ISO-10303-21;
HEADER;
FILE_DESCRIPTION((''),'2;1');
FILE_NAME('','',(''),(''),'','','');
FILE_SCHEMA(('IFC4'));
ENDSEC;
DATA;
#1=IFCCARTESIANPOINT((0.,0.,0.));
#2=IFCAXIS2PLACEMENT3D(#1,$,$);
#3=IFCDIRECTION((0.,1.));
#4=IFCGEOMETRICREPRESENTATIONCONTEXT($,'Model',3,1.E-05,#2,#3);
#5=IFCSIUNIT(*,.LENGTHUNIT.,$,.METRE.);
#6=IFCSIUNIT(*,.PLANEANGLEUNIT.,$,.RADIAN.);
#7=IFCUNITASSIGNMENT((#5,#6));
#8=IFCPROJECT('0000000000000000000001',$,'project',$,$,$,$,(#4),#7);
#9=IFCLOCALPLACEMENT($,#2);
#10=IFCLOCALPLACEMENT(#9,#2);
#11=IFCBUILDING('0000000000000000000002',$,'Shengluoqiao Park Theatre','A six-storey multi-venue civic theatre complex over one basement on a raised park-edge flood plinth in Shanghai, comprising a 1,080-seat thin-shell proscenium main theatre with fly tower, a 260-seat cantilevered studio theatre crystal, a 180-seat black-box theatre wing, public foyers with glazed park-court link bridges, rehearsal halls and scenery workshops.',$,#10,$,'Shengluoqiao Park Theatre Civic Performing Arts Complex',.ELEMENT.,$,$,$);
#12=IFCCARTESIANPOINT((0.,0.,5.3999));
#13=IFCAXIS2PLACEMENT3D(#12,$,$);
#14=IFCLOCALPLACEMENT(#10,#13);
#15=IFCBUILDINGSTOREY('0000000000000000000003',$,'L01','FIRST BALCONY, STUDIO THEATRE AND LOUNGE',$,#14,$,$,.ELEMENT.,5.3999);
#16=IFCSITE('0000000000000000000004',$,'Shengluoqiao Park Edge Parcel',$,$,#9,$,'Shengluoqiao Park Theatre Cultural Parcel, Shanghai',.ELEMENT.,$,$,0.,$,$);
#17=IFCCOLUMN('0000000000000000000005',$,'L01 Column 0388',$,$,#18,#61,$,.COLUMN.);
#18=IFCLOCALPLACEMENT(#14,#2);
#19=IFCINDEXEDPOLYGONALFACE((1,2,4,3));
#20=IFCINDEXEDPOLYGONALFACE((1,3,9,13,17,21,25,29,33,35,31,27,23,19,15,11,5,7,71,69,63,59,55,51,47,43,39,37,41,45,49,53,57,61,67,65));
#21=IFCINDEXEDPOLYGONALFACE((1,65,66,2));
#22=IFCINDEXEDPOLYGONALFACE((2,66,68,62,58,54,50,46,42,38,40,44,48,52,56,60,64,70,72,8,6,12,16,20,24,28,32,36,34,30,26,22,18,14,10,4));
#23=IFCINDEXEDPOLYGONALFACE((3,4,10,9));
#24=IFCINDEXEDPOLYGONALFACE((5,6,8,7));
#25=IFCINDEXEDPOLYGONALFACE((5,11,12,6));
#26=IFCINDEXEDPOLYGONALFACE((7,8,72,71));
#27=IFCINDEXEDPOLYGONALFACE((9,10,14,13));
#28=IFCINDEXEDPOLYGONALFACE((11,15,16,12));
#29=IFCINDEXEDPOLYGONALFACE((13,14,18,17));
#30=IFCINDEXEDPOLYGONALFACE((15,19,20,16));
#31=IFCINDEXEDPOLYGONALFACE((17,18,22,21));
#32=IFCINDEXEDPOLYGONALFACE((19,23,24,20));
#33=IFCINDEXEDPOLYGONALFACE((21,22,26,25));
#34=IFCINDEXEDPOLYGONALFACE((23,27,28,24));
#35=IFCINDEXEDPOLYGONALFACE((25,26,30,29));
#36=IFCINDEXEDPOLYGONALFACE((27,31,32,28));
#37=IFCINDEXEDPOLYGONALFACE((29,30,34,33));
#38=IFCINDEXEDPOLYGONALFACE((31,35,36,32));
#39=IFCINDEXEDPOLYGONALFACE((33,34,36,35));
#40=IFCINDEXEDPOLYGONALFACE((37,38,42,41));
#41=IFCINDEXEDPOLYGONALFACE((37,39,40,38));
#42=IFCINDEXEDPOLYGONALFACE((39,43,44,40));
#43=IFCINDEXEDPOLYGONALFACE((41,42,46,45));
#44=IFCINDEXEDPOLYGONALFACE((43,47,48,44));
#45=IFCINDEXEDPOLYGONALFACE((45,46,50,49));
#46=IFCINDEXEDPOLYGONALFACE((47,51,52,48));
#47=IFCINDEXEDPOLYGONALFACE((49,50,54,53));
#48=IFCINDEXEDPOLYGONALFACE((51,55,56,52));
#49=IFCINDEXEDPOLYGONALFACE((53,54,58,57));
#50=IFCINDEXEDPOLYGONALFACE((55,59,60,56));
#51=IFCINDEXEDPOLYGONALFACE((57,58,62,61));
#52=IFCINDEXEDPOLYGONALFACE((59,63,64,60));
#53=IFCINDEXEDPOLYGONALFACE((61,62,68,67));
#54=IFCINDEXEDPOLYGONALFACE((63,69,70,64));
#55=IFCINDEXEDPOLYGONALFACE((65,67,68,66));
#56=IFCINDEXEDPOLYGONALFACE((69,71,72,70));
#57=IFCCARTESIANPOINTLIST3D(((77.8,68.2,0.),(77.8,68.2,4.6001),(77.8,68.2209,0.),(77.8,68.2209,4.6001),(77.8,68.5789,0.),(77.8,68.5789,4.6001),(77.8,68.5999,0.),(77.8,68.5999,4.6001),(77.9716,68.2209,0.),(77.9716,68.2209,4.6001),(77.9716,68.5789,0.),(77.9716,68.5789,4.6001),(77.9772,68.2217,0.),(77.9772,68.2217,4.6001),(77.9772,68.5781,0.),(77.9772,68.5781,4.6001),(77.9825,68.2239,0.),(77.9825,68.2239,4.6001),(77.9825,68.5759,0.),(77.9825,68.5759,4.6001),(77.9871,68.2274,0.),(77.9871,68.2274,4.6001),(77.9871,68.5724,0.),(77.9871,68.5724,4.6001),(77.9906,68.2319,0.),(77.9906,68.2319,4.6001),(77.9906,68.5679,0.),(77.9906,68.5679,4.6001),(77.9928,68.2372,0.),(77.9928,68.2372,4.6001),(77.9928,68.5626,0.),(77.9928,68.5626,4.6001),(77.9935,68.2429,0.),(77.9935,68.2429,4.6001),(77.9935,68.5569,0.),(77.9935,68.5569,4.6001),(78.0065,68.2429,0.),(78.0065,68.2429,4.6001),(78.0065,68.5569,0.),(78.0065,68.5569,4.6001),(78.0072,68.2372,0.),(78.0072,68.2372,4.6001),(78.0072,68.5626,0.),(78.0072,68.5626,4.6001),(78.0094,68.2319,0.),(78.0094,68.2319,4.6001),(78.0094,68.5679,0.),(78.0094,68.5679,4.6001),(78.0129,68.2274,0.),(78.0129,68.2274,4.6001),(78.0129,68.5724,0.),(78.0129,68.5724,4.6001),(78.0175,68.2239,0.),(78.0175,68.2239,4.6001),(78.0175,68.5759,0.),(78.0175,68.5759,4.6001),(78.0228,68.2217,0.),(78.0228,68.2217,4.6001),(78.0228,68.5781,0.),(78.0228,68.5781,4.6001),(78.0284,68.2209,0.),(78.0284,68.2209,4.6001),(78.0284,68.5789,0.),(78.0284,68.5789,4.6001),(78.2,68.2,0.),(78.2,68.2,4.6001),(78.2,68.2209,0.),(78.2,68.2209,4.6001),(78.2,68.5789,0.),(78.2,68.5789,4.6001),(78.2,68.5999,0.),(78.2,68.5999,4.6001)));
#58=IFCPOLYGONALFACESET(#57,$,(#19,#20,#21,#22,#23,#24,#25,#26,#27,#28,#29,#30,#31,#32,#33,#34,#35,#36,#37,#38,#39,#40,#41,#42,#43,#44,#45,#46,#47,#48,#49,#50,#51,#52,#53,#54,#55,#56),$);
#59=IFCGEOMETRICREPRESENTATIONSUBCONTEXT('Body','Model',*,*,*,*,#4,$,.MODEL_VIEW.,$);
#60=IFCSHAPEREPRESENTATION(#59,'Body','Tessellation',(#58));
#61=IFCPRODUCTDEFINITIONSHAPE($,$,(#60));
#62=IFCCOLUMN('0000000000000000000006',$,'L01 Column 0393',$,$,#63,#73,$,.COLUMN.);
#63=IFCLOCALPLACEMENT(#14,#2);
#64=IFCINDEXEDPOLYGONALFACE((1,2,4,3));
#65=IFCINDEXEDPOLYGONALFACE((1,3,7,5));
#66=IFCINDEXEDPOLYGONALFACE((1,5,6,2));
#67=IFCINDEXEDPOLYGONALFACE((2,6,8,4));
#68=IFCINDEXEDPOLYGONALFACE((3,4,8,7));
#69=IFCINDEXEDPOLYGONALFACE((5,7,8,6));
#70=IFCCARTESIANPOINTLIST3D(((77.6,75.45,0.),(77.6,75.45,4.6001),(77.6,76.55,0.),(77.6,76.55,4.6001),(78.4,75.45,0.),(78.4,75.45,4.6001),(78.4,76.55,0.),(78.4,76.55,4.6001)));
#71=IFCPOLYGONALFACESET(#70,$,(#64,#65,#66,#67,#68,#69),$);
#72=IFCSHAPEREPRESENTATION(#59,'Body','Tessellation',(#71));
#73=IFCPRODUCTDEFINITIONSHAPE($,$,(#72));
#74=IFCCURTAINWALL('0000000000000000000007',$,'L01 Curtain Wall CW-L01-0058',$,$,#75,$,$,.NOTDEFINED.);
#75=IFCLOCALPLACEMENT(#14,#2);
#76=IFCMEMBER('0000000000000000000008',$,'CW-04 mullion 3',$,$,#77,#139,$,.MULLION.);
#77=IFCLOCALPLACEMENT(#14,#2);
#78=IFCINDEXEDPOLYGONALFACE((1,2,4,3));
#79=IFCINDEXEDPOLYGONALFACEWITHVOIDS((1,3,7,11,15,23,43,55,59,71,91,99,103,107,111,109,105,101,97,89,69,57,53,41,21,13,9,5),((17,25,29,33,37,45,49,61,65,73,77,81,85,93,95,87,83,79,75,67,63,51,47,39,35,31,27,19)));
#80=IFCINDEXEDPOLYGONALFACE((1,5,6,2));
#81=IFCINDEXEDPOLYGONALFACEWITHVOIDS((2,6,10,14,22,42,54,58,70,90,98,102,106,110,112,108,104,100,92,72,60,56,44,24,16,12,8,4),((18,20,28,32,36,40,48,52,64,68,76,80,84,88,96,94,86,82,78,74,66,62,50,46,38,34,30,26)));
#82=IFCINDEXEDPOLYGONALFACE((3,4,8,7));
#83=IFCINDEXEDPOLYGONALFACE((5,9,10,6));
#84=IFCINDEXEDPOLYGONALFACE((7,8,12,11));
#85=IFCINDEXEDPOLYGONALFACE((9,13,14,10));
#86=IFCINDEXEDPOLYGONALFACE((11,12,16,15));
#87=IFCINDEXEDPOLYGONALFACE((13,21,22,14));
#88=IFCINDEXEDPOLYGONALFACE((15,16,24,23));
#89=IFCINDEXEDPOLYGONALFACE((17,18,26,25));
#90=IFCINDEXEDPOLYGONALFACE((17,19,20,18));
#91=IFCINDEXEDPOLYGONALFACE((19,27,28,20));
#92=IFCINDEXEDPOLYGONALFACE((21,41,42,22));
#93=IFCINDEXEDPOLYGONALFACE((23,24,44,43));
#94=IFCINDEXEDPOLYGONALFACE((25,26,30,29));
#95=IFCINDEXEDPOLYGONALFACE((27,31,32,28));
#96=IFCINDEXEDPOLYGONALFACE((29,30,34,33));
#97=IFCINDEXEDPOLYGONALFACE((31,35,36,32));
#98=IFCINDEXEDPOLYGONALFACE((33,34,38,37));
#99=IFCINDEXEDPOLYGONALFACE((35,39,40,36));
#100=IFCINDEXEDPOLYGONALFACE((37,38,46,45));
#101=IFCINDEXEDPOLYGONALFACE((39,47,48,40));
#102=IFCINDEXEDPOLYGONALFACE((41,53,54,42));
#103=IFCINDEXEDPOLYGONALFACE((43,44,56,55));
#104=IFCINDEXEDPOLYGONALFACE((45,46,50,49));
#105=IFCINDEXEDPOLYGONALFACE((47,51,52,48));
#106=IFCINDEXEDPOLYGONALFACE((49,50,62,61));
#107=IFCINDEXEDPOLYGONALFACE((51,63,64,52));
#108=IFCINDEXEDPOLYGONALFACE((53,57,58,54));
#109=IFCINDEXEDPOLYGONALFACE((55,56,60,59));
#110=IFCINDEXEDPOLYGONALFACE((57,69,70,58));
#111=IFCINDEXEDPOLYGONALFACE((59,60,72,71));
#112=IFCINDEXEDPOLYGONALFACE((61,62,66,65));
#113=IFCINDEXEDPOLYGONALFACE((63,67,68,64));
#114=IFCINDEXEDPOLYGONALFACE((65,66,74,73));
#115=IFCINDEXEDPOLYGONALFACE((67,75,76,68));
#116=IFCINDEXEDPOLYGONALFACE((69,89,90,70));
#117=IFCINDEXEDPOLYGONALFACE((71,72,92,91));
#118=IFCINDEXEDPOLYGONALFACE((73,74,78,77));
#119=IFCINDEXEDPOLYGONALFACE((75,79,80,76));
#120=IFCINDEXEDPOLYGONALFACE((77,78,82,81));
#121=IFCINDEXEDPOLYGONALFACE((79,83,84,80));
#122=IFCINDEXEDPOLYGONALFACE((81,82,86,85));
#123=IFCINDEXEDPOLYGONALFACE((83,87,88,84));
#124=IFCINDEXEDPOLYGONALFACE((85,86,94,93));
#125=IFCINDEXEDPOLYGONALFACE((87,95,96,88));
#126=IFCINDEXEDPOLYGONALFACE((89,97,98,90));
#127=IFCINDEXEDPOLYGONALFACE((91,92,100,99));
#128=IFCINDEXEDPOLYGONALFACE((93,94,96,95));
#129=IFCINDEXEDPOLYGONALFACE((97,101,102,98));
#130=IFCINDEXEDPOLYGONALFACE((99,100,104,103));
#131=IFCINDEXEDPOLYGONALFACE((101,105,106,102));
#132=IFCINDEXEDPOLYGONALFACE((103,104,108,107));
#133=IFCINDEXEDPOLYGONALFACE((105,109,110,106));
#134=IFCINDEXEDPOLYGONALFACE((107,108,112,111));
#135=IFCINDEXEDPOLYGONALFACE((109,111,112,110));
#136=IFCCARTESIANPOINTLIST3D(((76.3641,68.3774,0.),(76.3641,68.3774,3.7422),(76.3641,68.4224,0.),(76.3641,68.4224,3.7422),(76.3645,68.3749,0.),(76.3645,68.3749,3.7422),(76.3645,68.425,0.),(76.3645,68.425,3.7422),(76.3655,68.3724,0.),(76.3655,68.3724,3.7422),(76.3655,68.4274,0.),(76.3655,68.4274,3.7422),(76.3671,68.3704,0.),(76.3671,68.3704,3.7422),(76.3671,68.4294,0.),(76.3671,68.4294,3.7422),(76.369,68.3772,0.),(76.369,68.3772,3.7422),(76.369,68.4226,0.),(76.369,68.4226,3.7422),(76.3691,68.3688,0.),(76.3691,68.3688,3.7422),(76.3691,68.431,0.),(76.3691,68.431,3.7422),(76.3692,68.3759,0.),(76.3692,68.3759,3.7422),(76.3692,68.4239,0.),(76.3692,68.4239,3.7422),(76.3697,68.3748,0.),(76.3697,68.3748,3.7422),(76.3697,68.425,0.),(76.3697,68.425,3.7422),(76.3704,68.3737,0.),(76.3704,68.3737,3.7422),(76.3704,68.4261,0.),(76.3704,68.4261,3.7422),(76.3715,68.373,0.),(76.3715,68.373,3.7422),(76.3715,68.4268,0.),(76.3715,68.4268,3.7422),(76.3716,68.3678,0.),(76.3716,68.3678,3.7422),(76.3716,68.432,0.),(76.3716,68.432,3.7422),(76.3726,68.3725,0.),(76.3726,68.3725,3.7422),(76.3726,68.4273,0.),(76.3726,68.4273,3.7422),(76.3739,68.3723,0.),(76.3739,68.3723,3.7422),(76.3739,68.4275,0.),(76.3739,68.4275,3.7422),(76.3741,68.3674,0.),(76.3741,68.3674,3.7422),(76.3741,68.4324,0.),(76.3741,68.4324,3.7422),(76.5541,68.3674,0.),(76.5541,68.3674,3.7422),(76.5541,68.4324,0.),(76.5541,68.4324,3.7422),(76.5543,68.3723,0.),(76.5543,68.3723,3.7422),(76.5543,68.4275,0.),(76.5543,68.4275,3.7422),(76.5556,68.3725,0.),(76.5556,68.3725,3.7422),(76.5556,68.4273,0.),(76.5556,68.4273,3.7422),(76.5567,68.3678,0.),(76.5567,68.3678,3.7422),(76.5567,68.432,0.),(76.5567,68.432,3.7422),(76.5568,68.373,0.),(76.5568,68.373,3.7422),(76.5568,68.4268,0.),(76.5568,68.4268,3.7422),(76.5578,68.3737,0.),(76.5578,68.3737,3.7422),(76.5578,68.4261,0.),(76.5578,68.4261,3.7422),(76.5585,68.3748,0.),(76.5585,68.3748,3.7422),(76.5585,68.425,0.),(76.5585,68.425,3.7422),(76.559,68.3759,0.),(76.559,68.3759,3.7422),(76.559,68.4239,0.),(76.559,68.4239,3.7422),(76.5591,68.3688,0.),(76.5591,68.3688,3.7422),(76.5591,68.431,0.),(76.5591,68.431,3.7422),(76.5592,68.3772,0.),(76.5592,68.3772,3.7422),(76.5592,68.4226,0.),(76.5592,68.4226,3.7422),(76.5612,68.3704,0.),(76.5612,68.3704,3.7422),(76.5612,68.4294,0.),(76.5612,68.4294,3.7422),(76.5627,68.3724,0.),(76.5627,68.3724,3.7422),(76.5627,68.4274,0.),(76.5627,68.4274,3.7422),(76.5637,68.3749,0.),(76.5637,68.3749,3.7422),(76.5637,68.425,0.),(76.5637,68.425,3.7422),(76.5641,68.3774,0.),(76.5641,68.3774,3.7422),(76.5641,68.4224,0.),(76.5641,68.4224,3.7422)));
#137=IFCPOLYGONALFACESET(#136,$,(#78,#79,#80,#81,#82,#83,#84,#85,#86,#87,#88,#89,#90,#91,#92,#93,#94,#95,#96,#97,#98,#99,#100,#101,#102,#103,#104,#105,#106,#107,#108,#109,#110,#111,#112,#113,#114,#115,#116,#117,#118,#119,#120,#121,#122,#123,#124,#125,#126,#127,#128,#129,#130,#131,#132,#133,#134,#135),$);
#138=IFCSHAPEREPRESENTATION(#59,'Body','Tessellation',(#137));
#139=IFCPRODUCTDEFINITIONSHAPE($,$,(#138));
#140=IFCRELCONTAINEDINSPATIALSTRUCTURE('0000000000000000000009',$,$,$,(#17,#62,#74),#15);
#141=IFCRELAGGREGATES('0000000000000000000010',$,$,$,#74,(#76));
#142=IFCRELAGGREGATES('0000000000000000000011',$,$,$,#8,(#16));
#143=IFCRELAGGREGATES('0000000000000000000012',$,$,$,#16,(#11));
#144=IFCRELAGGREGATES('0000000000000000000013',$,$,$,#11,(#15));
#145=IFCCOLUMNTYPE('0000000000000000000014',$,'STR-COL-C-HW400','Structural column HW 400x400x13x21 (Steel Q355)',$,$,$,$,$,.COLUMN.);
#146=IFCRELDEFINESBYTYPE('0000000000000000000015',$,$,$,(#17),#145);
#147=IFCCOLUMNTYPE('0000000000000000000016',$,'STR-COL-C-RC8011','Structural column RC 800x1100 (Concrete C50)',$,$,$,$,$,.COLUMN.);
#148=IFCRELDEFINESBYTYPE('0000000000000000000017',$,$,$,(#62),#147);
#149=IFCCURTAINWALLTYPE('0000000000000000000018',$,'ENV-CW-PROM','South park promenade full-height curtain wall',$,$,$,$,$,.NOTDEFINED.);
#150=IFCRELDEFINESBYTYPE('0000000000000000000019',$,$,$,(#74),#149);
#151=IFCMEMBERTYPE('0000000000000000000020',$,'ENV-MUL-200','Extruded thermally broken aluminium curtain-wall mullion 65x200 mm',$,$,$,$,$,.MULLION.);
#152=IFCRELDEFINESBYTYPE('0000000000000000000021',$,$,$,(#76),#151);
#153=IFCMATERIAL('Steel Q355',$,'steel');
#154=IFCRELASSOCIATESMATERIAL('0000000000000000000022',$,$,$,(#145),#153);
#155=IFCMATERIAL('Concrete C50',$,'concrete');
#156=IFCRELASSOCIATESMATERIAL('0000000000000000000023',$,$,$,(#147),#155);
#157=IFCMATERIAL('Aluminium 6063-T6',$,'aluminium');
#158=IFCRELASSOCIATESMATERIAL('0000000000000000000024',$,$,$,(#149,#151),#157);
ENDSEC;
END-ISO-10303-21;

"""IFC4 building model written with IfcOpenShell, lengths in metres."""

from ifc_helpers import new_model, si_unit, direction, frame, origin, origin_2d, place, context, subcontext, project, spatial, rectangle, hollow_rectangle, i_section, extrude, material, material_profile, profile_set, type_object, element, aggregate, save


model = new_model("IFC4")

# Units and contexts
model_context = context("Model", 3, precision=1e-05, world=origin(), true_north=direction((0.0, 1.0)))
body_context = subcontext(model_context, "Body", "Model", "MODEL_VIEW")
ifc_project = project(units=[si_unit("LENGTHUNIT", "METRE"), si_unit("PLANEANGLEUNIT", "RADIAN")], contexts=[model_context])

# Site, building, storey
site_placement = place(None, origin())
site = spatial("IfcSite", under=ifc_project, at=site_placement, Name="Shengluoqiao Park Edge Parcel", LongName="Shengluoqiao Park Theatre Cultural Parcel, Shanghai", CompositionType="ELEMENT", RefElevation=0.0)
building_placement = place(site_placement, origin())
building = spatial("IfcBuilding", under=site, at=building_placement, Name="Shengluoqiao Park Theatre", Description="A six-storey multi-venue civic theatre complex over one basement on a raised park-edge flood plinth in Shanghai, comprising a 1,080-seat thin-shell proscenium main theatre with fly tower, a 260-seat cantilevered studio theatre crystal, a 180-seat black-box theatre wing, public foyers with glazed park-court link bridges, rehearsal halls and scenery workshops.", LongName="Shengluoqiao Park Theatre Civic Performing Arts Complex", CompositionType="ELEMENT")
storey_placement = place(building_placement, frame((0.0, 0.0, 5.3999)))
storey = spatial("IfcBuildingStorey", under=building, at=storey_placement, Name="L01", Description="FIRST BALCONY, STUDIO THEATRE AND LOUNGE", CompositionType="ELEMENT", Elevation=5.3999)

# Columns
ifc_material_1 = material(Name="Steel Q355", Category="steel")
ifc_material_profile_1 = material_profile(ifc_material_1, i_section(OverallWidth=0.3999, OverallDepth=0.3999, WebThickness=0.0129, FlangeThickness=0.021, FilletRadius=0.022, at=origin_2d()), Name="HW 400x400x13x21")
ifc_profile_set_1 = profile_set([ifc_material_profile_1], Name="Steel Q355")
column_type_1 = type_object("IfcColumnType", Name="STR-COL-C-HW400", Description="Structural column HW 400x400x13x21 (Steel Q355)", PredefinedType="COLUMN", material=ifc_profile_set_1)
column_1_placement = place(storey_placement, frame((78.0, 68.3999, 0.0), z_axis=(0.0, 0.0, 1.0), x_axis=(1.0, 0.0, 0.0)))
element("IfcColumn", 1, at=column_1_placement, inside=storey, type_object=column_type_1, Name="L01 Column 0388", PredefinedType="COLUMN", context=body_context, shape_type="SweptSolid", body=[
    extrude(i_section(OverallWidth=0.3999, OverallDepth=0.3999, WebThickness=0.0129, FlangeThickness=0.021, FilletRadius=0.022, at=origin_2d()), origin(), (0.0, 0.0, 1.0), 4.6001),
])
ifc_material_2 = material(Name="Concrete C50", Category="concrete")
ifc_material_profile_2 = material_profile(ifc_material_2, rectangle(XDim=0.8, YDim=1.1001, at=origin_2d()), Name="RC 800x1100")
ifc_profile_set_2 = profile_set([ifc_material_profile_2], Name="Concrete C50")
column_type_2 = type_object("IfcColumnType", Name="STR-COL-C-RC8011", Description="Structural column RC 800x1100 (Concrete C50)", PredefinedType="COLUMN", material=ifc_profile_set_2)
column_2_placement = place(storey_placement, frame((78.0, 76.0, 0.0), z_axis=(0.0, 0.0, 1.0), x_axis=(1.0, 0.0, 0.0)))
element("IfcColumn", 2, at=column_2_placement, inside=storey, type_object=column_type_2, Name="L01 Column 0393", PredefinedType="COLUMN", context=body_context, shape_type="SweptSolid", body=[
    extrude(rectangle(XDim=0.8, YDim=1.1001, at=origin_2d()), origin(), (0.0, 0.0, 1.0), 4.6001),
])

# Curtain wall, member
ifc_material_3 = material(Name="Aluminium 6063-T6", Category="aluminium")
curtain_wall_type = type_object("IfcCurtainWallType", Name="ENV-CW-PROM", Description="South park promenade full-height curtain wall", PredefinedType="NOTDEFINED", material=ifc_material_3)
curtain_wall_1_placement = place(storey_placement, origin())
curtain_wall_1 = element("IfcCurtainWall", 3, at=curtain_wall_1_placement, inside=storey, type_object=curtain_wall_type, Name="L01 Curtain Wall CW-L01-0058", PredefinedType="NOTDEFINED")
ifc_material_profile_3 = material_profile(ifc_material_3, hollow_rectangle(XDim=0.0649, YDim=0.2, WallThickness=0.0049, InnerFilletRadius=0.0049, OuterFilletRadius=0.01, at=origin_2d()), Name="ALU MULLION 200x65x5")
ifc_profile_set_3 = profile_set([ifc_material_profile_3], Name="Aluminium 6063-T6")
member_type_1 = type_object("IfcMemberType", Name="ENV-MUL-200", Description="Extruded thermally broken aluminium curtain-wall mullion 65x200 mm", PredefinedType="MULLION", material=ifc_profile_set_3)
member_1_placement = place(storey_placement, frame((76.4641, 68.3999, 0.0), z_axis=(0.0, 0.0, 1.0), x_axis=(0.0, 1.0, 0.0)))
member_1 = element("IfcMember", 4, at=member_1_placement, type_object=member_type_1, Name="CW-04 mullion 3", PredefinedType="MULLION", context=body_context, shape_type="SweptSolid", body=[
    extrude(hollow_rectangle(XDim=0.0649, YDim=0.2, WallThickness=0.0049, InnerFilletRadius=0.0049, OuterFilletRadius=0.01, at=origin_2d()), origin(), (0.0, 0.0, 1.0), 3.7422),
])

aggregate(curtain_wall_1, [member_1])

save(model, "model.ifc")
